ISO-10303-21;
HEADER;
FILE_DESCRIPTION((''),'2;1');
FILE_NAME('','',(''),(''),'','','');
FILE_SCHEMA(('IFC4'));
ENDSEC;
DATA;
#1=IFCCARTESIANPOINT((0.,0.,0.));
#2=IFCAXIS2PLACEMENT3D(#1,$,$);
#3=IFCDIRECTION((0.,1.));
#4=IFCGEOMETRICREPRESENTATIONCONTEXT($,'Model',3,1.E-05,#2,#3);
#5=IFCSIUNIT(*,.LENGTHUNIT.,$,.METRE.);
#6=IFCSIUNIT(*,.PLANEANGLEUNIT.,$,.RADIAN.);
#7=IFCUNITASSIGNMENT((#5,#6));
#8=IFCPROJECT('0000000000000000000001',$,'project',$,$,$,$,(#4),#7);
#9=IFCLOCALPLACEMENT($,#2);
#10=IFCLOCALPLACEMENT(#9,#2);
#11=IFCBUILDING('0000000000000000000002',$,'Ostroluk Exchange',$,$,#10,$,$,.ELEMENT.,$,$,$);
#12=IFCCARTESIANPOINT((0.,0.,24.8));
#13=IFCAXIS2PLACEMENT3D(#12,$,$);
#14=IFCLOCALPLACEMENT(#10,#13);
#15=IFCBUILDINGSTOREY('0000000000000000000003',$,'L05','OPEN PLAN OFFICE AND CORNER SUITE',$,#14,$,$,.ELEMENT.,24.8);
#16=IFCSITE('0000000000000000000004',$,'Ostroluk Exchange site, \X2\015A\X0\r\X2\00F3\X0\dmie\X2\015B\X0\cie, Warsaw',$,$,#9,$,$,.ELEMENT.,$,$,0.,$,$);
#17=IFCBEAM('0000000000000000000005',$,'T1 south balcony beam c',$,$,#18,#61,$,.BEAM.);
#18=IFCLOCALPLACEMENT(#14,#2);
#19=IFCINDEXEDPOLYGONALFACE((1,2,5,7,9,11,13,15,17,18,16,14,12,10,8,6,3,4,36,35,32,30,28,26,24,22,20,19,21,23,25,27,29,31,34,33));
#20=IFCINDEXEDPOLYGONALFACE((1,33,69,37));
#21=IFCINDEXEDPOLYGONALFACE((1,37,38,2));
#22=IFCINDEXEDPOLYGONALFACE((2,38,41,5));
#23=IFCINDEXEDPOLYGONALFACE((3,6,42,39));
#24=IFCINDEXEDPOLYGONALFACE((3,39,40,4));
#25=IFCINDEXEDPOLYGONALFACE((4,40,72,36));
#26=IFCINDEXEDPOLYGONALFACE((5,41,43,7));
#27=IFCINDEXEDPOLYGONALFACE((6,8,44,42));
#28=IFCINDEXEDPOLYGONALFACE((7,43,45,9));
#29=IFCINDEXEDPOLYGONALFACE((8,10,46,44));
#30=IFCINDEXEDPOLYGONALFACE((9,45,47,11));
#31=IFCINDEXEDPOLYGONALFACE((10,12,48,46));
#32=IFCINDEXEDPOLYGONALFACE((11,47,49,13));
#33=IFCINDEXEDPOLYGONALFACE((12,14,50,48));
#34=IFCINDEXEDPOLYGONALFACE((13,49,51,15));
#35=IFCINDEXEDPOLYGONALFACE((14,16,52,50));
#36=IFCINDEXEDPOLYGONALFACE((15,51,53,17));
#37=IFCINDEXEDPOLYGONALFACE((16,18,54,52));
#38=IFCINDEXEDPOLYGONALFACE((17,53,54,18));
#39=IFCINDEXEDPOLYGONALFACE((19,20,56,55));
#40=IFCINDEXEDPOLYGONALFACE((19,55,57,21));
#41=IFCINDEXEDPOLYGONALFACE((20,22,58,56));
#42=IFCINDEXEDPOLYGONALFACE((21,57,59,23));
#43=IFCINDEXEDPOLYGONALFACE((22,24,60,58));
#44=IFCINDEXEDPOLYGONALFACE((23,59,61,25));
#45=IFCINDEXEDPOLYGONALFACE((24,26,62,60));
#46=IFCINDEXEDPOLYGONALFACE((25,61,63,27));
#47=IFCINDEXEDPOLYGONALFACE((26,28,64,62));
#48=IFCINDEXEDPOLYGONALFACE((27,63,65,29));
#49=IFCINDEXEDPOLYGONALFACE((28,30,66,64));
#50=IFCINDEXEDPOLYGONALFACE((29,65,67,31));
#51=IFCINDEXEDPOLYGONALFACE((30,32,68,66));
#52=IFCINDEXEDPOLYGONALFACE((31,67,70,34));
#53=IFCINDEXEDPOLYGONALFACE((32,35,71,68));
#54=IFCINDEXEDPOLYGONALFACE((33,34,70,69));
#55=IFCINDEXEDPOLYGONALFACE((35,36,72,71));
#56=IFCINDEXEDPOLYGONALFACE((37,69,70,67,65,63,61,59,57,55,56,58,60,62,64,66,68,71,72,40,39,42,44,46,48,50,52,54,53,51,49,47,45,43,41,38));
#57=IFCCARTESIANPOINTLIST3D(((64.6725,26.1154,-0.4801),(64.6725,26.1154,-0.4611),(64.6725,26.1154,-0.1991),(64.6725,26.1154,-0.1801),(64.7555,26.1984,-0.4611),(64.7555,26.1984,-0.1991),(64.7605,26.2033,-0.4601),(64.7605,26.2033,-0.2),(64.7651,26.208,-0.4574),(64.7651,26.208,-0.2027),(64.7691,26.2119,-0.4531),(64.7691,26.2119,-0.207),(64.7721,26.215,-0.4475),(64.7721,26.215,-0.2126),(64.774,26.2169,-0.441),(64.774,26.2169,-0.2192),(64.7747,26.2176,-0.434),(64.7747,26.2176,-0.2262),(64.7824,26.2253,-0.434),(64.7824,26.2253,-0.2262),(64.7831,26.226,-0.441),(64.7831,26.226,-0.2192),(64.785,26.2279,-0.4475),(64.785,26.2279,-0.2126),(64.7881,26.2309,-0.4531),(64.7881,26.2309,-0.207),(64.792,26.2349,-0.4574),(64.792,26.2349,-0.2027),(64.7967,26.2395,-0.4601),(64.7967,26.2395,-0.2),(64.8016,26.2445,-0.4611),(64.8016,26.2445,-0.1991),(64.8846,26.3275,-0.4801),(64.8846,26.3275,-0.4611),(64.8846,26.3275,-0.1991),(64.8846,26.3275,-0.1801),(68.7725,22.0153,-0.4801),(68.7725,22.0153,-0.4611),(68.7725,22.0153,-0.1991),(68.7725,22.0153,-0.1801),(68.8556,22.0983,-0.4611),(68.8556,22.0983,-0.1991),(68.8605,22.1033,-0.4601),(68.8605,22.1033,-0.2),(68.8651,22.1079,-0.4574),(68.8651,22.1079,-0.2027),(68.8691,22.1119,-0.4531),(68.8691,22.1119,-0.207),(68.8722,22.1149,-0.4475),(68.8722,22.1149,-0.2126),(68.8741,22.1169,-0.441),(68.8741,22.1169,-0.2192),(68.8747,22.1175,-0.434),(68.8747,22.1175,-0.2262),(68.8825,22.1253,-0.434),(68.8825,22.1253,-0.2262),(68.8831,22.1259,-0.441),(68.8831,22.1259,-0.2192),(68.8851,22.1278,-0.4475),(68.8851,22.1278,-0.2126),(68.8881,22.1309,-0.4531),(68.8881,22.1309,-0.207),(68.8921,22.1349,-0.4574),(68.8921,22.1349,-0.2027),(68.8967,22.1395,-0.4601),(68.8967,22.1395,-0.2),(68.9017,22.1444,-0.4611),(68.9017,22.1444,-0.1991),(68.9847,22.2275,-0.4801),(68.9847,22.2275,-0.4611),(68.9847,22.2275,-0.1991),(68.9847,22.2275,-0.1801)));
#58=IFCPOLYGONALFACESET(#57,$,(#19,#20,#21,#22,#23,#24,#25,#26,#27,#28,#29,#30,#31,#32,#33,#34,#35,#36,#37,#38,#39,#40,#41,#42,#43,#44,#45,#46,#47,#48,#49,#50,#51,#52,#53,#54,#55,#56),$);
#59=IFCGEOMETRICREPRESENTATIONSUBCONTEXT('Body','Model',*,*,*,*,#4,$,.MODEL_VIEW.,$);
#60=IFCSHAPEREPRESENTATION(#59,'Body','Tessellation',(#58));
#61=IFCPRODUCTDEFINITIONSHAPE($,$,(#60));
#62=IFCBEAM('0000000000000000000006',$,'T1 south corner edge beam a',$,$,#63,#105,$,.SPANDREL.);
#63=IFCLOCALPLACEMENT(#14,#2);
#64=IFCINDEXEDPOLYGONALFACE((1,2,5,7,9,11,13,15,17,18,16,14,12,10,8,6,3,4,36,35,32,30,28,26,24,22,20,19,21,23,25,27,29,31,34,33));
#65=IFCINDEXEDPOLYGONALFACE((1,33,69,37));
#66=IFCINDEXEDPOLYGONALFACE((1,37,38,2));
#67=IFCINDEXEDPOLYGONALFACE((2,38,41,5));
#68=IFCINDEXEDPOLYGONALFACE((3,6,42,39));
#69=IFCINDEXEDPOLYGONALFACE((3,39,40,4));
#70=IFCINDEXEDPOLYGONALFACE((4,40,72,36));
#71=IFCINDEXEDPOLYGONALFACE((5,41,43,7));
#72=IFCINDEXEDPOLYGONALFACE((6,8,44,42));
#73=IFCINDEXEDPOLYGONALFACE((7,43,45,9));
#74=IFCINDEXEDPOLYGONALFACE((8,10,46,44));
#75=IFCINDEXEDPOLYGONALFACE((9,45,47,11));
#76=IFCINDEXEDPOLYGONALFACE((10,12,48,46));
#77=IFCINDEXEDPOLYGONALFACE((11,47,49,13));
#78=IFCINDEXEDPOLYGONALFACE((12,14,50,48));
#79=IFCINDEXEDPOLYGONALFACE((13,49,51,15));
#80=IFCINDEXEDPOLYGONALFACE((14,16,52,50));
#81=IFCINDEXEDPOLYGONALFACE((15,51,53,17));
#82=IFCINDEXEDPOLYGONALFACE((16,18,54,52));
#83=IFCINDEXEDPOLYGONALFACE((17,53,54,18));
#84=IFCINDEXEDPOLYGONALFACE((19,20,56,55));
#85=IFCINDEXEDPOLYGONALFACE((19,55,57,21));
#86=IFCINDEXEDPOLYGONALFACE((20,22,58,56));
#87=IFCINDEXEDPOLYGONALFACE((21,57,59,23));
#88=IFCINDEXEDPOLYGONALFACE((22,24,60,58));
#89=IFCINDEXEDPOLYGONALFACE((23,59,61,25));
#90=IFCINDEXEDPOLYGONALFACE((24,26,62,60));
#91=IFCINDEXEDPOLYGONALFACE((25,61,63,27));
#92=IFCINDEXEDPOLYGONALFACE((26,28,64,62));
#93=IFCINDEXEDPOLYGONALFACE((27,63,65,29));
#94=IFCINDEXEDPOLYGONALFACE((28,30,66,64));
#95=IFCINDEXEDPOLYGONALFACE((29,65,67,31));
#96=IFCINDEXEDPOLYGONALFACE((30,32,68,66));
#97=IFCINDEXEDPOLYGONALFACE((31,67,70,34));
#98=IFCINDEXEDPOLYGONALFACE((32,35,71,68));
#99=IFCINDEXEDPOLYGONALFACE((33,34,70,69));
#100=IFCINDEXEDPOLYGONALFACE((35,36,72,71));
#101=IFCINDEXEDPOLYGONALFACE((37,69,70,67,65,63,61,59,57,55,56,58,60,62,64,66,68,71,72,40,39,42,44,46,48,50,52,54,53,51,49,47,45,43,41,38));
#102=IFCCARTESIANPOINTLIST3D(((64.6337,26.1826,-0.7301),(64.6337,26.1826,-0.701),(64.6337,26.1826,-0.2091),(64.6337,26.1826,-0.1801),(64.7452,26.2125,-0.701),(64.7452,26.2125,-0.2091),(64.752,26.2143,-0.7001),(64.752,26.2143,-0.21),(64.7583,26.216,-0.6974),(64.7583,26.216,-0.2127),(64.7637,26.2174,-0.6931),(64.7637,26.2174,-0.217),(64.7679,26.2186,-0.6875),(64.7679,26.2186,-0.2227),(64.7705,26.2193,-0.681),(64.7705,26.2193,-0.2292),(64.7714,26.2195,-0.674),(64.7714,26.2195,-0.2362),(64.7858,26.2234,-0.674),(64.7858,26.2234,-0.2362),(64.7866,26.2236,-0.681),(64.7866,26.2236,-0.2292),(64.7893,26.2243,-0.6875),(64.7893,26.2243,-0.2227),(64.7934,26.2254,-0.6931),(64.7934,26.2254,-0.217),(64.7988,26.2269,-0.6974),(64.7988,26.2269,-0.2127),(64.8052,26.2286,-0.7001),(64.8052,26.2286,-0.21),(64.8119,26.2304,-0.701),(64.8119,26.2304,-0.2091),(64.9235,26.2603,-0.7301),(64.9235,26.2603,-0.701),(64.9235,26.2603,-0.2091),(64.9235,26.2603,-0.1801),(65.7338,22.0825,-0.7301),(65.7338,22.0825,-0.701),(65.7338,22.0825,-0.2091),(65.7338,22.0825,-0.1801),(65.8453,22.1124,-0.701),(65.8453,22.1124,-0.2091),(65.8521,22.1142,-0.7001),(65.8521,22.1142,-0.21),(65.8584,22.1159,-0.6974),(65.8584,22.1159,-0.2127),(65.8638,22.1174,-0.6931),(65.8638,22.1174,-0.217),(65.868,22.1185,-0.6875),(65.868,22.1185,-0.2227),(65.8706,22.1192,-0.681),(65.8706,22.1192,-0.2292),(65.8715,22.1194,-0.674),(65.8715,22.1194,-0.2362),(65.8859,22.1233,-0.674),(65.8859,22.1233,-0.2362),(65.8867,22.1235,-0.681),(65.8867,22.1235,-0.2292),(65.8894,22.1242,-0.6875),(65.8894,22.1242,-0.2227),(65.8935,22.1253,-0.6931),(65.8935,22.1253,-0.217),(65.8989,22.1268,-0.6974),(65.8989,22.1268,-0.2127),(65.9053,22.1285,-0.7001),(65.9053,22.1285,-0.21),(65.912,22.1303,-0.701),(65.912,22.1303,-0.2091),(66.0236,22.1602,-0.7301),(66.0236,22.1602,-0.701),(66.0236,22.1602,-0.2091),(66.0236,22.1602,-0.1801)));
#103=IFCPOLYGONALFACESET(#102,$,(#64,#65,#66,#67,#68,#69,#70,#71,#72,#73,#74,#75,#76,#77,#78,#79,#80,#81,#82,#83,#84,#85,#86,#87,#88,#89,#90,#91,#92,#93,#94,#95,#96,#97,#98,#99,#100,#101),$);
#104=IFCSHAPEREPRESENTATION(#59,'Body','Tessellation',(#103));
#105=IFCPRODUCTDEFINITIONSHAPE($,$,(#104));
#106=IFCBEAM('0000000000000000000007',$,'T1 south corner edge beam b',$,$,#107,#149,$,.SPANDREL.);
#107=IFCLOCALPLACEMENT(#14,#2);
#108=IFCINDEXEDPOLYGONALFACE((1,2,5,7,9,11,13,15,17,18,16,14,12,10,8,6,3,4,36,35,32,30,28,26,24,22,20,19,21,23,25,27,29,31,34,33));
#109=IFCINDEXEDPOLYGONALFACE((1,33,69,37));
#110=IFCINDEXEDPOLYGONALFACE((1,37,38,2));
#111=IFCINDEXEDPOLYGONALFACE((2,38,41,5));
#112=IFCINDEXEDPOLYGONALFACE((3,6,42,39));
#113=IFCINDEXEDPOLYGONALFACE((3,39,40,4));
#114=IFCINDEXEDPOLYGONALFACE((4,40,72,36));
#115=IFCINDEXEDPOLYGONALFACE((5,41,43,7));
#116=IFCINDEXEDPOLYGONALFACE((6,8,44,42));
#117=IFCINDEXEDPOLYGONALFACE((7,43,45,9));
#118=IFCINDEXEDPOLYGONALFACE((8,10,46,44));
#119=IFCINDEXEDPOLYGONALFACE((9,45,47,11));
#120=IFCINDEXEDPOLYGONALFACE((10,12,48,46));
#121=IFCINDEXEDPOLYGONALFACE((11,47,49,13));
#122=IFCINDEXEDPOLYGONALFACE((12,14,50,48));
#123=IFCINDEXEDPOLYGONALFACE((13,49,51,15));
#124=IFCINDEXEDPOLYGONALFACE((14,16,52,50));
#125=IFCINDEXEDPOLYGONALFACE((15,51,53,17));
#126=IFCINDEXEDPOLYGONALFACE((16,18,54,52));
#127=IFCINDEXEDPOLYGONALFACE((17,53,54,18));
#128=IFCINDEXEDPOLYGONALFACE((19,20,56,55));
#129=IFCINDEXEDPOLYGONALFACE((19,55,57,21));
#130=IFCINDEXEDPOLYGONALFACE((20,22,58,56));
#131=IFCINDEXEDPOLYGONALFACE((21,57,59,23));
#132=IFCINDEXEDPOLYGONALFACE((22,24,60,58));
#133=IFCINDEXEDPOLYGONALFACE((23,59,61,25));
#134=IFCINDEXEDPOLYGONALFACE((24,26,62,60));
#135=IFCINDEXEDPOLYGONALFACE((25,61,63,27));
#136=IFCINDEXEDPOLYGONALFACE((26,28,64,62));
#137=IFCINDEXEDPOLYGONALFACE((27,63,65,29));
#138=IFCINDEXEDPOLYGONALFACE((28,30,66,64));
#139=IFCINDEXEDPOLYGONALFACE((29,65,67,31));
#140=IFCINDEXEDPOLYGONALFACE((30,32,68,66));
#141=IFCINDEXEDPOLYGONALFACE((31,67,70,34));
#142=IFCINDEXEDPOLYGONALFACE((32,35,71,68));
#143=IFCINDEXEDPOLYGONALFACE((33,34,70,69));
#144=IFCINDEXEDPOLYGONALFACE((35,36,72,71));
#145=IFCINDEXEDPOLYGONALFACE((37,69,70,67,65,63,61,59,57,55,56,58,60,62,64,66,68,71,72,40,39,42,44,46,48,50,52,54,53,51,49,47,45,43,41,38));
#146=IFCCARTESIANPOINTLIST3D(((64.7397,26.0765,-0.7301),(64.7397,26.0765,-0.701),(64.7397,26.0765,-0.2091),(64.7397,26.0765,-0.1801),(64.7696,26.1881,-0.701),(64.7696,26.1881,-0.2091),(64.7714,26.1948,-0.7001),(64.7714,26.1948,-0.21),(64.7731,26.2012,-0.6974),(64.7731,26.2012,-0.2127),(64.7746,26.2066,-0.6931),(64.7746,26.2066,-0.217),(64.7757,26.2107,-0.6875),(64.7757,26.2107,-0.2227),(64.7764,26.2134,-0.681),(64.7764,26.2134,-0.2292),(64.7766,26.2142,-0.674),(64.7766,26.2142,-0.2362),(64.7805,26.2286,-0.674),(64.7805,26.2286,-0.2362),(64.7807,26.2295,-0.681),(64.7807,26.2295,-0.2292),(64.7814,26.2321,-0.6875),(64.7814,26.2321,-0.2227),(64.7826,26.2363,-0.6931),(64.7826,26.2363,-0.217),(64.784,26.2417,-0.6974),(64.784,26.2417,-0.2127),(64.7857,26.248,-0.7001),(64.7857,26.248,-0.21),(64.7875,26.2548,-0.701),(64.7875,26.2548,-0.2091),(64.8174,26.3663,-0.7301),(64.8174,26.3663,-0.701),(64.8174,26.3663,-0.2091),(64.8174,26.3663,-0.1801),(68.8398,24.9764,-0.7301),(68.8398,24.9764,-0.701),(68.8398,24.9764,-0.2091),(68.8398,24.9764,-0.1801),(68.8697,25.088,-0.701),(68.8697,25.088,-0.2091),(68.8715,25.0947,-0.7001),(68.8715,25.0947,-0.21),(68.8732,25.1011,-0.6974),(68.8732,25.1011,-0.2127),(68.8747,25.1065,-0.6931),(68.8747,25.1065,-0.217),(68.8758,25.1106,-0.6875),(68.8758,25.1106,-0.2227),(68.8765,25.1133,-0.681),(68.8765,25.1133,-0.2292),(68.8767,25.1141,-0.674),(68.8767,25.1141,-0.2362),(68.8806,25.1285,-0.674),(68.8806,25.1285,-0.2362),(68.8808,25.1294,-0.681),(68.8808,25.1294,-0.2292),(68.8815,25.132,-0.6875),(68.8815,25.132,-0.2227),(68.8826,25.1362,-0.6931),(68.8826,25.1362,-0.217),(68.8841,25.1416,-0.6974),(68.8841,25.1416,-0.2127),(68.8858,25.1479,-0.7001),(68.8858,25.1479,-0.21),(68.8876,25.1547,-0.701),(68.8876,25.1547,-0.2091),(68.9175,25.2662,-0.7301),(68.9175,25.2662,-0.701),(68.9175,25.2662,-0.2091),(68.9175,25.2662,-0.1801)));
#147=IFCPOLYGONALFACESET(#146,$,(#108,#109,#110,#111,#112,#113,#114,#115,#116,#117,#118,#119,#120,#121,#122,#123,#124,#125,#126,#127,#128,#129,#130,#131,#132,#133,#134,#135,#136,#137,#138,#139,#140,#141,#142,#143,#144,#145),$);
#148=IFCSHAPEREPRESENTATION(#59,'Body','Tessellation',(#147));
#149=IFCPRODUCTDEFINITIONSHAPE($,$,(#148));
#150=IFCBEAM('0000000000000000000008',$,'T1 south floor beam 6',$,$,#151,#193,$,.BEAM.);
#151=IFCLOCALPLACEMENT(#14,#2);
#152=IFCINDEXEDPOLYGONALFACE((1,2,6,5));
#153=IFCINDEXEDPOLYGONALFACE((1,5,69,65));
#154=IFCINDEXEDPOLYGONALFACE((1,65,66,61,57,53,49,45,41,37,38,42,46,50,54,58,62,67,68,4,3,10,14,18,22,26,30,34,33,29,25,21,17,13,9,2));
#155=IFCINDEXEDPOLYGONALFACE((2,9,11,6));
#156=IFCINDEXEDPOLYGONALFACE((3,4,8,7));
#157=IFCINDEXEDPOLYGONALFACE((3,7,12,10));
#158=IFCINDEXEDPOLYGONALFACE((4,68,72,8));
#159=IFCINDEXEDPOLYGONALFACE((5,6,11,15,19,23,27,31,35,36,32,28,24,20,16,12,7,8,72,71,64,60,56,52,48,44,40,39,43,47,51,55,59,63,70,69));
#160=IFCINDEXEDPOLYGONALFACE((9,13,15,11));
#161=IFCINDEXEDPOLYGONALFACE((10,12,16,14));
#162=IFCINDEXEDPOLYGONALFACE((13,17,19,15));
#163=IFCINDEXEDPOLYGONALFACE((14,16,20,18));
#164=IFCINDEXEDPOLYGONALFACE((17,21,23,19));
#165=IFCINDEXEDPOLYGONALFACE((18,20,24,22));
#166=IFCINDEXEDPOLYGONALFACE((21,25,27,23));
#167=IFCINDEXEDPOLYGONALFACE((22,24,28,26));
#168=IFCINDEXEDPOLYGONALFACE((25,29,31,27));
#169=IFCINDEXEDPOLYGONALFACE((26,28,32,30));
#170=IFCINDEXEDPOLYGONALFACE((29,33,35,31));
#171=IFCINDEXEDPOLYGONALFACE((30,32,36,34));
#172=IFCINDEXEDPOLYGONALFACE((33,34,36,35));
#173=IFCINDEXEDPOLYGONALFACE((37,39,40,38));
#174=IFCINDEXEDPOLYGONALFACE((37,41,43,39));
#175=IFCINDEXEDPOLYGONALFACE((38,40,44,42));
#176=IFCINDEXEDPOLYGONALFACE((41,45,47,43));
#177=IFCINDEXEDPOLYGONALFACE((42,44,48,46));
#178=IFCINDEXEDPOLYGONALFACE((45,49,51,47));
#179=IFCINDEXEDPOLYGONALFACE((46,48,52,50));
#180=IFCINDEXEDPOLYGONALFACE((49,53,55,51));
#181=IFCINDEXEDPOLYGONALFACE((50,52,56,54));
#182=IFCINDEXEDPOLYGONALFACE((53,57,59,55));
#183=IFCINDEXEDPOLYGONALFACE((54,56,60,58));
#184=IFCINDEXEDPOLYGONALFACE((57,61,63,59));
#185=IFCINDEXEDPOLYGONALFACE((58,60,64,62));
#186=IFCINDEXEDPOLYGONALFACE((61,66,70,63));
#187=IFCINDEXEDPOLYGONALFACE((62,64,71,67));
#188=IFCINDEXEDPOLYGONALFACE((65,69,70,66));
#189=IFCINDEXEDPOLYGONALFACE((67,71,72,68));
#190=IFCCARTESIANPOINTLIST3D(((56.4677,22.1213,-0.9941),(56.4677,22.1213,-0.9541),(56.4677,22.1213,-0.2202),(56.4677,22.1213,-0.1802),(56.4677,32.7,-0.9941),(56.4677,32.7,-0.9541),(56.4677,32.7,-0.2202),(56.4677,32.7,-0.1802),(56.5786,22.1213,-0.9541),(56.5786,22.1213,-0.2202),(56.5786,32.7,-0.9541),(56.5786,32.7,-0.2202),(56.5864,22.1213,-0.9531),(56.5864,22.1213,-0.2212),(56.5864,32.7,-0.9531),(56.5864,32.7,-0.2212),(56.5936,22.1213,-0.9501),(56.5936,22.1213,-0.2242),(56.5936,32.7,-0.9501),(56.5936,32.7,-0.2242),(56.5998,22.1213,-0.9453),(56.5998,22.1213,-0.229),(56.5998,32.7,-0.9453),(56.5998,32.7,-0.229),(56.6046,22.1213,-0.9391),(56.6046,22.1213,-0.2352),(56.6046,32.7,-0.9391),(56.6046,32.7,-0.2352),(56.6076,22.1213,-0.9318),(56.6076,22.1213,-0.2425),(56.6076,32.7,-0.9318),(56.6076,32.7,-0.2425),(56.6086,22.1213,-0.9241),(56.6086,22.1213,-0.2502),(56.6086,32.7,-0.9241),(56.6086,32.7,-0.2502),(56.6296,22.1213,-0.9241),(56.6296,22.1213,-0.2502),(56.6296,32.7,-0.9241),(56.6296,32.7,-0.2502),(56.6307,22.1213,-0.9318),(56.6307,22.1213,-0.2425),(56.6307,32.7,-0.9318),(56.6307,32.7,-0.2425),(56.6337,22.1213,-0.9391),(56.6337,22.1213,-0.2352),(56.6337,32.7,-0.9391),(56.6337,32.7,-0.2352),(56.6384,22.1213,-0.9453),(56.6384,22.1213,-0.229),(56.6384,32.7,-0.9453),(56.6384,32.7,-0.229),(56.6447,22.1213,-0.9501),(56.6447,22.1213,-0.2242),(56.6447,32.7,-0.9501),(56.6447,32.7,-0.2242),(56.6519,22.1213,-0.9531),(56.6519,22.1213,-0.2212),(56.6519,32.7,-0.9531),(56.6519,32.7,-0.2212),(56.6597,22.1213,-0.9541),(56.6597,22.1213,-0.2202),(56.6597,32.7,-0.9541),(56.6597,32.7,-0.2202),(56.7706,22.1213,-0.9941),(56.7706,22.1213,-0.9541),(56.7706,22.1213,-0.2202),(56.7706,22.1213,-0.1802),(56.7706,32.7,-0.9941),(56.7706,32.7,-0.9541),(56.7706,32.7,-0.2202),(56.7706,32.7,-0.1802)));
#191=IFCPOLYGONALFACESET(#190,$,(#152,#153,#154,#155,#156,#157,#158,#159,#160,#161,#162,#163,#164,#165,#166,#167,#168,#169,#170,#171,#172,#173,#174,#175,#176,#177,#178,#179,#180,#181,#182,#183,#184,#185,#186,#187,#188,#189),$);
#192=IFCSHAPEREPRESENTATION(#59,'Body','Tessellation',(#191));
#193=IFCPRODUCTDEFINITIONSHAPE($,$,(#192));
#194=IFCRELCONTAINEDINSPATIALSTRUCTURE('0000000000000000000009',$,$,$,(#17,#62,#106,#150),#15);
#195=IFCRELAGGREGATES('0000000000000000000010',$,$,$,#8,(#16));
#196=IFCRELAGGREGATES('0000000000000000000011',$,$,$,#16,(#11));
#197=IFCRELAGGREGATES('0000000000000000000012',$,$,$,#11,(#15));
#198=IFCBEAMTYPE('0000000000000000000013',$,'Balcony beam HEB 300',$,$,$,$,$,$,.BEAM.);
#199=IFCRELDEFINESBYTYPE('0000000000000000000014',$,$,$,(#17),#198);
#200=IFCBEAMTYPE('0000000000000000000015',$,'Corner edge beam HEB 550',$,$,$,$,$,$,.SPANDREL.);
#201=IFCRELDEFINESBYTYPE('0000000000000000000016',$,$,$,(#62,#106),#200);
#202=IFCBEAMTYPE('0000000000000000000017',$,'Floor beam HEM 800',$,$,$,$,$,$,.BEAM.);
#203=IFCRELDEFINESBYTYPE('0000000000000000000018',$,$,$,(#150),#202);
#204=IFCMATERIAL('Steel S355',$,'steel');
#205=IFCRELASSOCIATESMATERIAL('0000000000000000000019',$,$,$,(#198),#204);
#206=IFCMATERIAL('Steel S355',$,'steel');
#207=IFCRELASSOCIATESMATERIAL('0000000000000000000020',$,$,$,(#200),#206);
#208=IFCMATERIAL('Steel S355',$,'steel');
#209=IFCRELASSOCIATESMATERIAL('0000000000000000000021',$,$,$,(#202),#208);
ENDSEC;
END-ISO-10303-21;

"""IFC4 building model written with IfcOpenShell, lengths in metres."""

from ifc_helpers import new_model, si_unit, direction, frame, origin, origin_2d, place, context, subcontext, project, spatial, i_section, extrude, material, material_profile, profile_set, type_object, element, save


model = new_model("IFC4")

# Units and contexts
model_context = context("Model", 3, precision=1e-05, world=origin(), true_north=direction((0.0, 1.0)))
body_context = subcontext(model_context, "Body", "Model", "MODEL_VIEW")
ifc_project = project(units=[si_unit("LENGTHUNIT", "METRE"), si_unit("PLANEANGLEUNIT", "RADIAN")], contexts=[model_context])

# Site, building, storey
site_placement = place(None, origin())
site = spatial("IfcSite", under=ifc_project, at=site_placement, Name="Ostroluk Exchange site, Śródmieście, Warsaw", CompositionType="ELEMENT", RefElevation=0.0)
building_placement = place(site_placement, origin())
building = spatial("IfcBuilding", under=site, at=building_placement, Name="Ostroluk Exchange", CompositionType="ELEMENT")
storey_placement = place(building_placement, frame((0.0, 0.0, 24.8)))
storey = spatial("IfcBuildingStorey", under=building, at=storey_placement, Name="L05", Description="OPEN PLAN OFFICE AND CORNER SUITE", CompositionType="ELEMENT", Elevation=24.8)

# Beams
ifc_material_1 = material(Name="Steel S355", Category="steel")
ifc_material_profile_1 = material_profile(ifc_material_1, i_section(OverallWidth=0.3, OverallDepth=0.3, WebThickness=0.011, FlangeThickness=0.019, FilletRadius=0.0271, at=origin_2d()), Name="HEB 300")
ifc_profile_set_1 = profile_set([ifc_material_profile_1], Name="Steel S355")
beam_type_1 = type_object("IfcBeamType", Name="Balcony beam HEB 300", PredefinedType="BEAM", material=ifc_profile_set_1)
beam_1_placement = place(storey_placement, frame((64.7786, 26.2214, -0.3301), z_axis=(0.707107, -0.707107, 0.0), x_axis=(0.707107, 0.707107, 0.0)))
element("IfcBeam", 1, at=beam_1_placement, inside=storey, type_object=beam_type_1, Name="T1 south balcony beam c", PredefinedType="BEAM", context=body_context, shape_type="SweptSolid", body=[
    extrude(i_section(OverallWidth=0.3, OverallDepth=0.3, WebThickness=0.011, FlangeThickness=0.019, FilletRadius=0.0271, at=origin_2d()), origin(), (0.0, 0.0, 1.0), 5.7983),
])
ifc_material_2 = material(Name="Steel S355", Category="steel")
ifc_material_profile_2 = material_profile(ifc_material_2, i_section(OverallWidth=0.3, OverallDepth=0.55, WebThickness=0.0149, FlangeThickness=0.0291, FilletRadius=0.0271, at=origin_2d()), Name="HEB 550")
ifc_profile_set_2 = profile_set([ifc_material_profile_2], Name="Steel S355")
beam_type_2 = type_object("IfcBeamType", Name="Corner edge beam HEB 550", PredefinedType="SPANDREL", material=ifc_profile_set_2)
for number, where, z_axis, x_axis, name in (
    (2, (64.7786, 26.2214, -0.4551), (0.259144, -0.965839, 0.0), (0.965839, 0.259144, 0.0), "T1 south corner edge beam a"),
    (3, (64.7786, 26.2214, -0.4551), (0.965839, -0.259144, 0.0), (0.259144, 0.965839, 0.0), "T1 south corner edge beam b"),
):
    element("IfcBeam", number, at=place(storey_placement, frame(where, z_axis=z_axis, x_axis=x_axis)), inside=storey, type_object=beam_type_2, Name=name, PredefinedType="SPANDREL", context=body_context, shape_type="SweptSolid", body=[
        extrude(i_section(OverallWidth=0.3, OverallDepth=0.55, WebThickness=0.0149, FlangeThickness=0.0291, FilletRadius=0.0271, at=origin_2d()), origin(), (0.0, 0.0, 1.0), 4.2451),
    ])
ifc_material_3 = material(Name="Steel S355", Category="steel")
ifc_material_profile_3 = material_profile(ifc_material_3, i_section(OverallWidth=0.303, OverallDepth=0.814, WebThickness=0.021, FlangeThickness=0.04, FilletRadius=0.03, at=origin_2d()), Name="HEM 800")
ifc_profile_set_3 = profile_set([ifc_material_profile_3], Name="Steel S355")
beam_type_3 = type_object("IfcBeamType", Name="Floor beam HEM 800", PredefinedType="BEAM", material=ifc_profile_set_3)
beam_2_placement = place(storey_placement, frame((56.6191, 32.7, -0.5872), z_axis=(0.0, -1.0, 0.0), x_axis=(1.0, 0.0, 0.0)))
element("IfcBeam", 4, at=beam_2_placement, inside=storey, type_object=beam_type_3, Name="T1 south floor beam 6", PredefinedType="BEAM", context=body_context, shape_type="SweptSolid", body=[
    extrude(i_section(OverallWidth=0.303, OverallDepth=0.814, WebThickness=0.021, FlangeThickness=0.04, FilletRadius=0.03, at=origin_2d()), origin(), (0.0, 0.0, 1.0), 10.5786),
])

save(model, "model.ifc")
